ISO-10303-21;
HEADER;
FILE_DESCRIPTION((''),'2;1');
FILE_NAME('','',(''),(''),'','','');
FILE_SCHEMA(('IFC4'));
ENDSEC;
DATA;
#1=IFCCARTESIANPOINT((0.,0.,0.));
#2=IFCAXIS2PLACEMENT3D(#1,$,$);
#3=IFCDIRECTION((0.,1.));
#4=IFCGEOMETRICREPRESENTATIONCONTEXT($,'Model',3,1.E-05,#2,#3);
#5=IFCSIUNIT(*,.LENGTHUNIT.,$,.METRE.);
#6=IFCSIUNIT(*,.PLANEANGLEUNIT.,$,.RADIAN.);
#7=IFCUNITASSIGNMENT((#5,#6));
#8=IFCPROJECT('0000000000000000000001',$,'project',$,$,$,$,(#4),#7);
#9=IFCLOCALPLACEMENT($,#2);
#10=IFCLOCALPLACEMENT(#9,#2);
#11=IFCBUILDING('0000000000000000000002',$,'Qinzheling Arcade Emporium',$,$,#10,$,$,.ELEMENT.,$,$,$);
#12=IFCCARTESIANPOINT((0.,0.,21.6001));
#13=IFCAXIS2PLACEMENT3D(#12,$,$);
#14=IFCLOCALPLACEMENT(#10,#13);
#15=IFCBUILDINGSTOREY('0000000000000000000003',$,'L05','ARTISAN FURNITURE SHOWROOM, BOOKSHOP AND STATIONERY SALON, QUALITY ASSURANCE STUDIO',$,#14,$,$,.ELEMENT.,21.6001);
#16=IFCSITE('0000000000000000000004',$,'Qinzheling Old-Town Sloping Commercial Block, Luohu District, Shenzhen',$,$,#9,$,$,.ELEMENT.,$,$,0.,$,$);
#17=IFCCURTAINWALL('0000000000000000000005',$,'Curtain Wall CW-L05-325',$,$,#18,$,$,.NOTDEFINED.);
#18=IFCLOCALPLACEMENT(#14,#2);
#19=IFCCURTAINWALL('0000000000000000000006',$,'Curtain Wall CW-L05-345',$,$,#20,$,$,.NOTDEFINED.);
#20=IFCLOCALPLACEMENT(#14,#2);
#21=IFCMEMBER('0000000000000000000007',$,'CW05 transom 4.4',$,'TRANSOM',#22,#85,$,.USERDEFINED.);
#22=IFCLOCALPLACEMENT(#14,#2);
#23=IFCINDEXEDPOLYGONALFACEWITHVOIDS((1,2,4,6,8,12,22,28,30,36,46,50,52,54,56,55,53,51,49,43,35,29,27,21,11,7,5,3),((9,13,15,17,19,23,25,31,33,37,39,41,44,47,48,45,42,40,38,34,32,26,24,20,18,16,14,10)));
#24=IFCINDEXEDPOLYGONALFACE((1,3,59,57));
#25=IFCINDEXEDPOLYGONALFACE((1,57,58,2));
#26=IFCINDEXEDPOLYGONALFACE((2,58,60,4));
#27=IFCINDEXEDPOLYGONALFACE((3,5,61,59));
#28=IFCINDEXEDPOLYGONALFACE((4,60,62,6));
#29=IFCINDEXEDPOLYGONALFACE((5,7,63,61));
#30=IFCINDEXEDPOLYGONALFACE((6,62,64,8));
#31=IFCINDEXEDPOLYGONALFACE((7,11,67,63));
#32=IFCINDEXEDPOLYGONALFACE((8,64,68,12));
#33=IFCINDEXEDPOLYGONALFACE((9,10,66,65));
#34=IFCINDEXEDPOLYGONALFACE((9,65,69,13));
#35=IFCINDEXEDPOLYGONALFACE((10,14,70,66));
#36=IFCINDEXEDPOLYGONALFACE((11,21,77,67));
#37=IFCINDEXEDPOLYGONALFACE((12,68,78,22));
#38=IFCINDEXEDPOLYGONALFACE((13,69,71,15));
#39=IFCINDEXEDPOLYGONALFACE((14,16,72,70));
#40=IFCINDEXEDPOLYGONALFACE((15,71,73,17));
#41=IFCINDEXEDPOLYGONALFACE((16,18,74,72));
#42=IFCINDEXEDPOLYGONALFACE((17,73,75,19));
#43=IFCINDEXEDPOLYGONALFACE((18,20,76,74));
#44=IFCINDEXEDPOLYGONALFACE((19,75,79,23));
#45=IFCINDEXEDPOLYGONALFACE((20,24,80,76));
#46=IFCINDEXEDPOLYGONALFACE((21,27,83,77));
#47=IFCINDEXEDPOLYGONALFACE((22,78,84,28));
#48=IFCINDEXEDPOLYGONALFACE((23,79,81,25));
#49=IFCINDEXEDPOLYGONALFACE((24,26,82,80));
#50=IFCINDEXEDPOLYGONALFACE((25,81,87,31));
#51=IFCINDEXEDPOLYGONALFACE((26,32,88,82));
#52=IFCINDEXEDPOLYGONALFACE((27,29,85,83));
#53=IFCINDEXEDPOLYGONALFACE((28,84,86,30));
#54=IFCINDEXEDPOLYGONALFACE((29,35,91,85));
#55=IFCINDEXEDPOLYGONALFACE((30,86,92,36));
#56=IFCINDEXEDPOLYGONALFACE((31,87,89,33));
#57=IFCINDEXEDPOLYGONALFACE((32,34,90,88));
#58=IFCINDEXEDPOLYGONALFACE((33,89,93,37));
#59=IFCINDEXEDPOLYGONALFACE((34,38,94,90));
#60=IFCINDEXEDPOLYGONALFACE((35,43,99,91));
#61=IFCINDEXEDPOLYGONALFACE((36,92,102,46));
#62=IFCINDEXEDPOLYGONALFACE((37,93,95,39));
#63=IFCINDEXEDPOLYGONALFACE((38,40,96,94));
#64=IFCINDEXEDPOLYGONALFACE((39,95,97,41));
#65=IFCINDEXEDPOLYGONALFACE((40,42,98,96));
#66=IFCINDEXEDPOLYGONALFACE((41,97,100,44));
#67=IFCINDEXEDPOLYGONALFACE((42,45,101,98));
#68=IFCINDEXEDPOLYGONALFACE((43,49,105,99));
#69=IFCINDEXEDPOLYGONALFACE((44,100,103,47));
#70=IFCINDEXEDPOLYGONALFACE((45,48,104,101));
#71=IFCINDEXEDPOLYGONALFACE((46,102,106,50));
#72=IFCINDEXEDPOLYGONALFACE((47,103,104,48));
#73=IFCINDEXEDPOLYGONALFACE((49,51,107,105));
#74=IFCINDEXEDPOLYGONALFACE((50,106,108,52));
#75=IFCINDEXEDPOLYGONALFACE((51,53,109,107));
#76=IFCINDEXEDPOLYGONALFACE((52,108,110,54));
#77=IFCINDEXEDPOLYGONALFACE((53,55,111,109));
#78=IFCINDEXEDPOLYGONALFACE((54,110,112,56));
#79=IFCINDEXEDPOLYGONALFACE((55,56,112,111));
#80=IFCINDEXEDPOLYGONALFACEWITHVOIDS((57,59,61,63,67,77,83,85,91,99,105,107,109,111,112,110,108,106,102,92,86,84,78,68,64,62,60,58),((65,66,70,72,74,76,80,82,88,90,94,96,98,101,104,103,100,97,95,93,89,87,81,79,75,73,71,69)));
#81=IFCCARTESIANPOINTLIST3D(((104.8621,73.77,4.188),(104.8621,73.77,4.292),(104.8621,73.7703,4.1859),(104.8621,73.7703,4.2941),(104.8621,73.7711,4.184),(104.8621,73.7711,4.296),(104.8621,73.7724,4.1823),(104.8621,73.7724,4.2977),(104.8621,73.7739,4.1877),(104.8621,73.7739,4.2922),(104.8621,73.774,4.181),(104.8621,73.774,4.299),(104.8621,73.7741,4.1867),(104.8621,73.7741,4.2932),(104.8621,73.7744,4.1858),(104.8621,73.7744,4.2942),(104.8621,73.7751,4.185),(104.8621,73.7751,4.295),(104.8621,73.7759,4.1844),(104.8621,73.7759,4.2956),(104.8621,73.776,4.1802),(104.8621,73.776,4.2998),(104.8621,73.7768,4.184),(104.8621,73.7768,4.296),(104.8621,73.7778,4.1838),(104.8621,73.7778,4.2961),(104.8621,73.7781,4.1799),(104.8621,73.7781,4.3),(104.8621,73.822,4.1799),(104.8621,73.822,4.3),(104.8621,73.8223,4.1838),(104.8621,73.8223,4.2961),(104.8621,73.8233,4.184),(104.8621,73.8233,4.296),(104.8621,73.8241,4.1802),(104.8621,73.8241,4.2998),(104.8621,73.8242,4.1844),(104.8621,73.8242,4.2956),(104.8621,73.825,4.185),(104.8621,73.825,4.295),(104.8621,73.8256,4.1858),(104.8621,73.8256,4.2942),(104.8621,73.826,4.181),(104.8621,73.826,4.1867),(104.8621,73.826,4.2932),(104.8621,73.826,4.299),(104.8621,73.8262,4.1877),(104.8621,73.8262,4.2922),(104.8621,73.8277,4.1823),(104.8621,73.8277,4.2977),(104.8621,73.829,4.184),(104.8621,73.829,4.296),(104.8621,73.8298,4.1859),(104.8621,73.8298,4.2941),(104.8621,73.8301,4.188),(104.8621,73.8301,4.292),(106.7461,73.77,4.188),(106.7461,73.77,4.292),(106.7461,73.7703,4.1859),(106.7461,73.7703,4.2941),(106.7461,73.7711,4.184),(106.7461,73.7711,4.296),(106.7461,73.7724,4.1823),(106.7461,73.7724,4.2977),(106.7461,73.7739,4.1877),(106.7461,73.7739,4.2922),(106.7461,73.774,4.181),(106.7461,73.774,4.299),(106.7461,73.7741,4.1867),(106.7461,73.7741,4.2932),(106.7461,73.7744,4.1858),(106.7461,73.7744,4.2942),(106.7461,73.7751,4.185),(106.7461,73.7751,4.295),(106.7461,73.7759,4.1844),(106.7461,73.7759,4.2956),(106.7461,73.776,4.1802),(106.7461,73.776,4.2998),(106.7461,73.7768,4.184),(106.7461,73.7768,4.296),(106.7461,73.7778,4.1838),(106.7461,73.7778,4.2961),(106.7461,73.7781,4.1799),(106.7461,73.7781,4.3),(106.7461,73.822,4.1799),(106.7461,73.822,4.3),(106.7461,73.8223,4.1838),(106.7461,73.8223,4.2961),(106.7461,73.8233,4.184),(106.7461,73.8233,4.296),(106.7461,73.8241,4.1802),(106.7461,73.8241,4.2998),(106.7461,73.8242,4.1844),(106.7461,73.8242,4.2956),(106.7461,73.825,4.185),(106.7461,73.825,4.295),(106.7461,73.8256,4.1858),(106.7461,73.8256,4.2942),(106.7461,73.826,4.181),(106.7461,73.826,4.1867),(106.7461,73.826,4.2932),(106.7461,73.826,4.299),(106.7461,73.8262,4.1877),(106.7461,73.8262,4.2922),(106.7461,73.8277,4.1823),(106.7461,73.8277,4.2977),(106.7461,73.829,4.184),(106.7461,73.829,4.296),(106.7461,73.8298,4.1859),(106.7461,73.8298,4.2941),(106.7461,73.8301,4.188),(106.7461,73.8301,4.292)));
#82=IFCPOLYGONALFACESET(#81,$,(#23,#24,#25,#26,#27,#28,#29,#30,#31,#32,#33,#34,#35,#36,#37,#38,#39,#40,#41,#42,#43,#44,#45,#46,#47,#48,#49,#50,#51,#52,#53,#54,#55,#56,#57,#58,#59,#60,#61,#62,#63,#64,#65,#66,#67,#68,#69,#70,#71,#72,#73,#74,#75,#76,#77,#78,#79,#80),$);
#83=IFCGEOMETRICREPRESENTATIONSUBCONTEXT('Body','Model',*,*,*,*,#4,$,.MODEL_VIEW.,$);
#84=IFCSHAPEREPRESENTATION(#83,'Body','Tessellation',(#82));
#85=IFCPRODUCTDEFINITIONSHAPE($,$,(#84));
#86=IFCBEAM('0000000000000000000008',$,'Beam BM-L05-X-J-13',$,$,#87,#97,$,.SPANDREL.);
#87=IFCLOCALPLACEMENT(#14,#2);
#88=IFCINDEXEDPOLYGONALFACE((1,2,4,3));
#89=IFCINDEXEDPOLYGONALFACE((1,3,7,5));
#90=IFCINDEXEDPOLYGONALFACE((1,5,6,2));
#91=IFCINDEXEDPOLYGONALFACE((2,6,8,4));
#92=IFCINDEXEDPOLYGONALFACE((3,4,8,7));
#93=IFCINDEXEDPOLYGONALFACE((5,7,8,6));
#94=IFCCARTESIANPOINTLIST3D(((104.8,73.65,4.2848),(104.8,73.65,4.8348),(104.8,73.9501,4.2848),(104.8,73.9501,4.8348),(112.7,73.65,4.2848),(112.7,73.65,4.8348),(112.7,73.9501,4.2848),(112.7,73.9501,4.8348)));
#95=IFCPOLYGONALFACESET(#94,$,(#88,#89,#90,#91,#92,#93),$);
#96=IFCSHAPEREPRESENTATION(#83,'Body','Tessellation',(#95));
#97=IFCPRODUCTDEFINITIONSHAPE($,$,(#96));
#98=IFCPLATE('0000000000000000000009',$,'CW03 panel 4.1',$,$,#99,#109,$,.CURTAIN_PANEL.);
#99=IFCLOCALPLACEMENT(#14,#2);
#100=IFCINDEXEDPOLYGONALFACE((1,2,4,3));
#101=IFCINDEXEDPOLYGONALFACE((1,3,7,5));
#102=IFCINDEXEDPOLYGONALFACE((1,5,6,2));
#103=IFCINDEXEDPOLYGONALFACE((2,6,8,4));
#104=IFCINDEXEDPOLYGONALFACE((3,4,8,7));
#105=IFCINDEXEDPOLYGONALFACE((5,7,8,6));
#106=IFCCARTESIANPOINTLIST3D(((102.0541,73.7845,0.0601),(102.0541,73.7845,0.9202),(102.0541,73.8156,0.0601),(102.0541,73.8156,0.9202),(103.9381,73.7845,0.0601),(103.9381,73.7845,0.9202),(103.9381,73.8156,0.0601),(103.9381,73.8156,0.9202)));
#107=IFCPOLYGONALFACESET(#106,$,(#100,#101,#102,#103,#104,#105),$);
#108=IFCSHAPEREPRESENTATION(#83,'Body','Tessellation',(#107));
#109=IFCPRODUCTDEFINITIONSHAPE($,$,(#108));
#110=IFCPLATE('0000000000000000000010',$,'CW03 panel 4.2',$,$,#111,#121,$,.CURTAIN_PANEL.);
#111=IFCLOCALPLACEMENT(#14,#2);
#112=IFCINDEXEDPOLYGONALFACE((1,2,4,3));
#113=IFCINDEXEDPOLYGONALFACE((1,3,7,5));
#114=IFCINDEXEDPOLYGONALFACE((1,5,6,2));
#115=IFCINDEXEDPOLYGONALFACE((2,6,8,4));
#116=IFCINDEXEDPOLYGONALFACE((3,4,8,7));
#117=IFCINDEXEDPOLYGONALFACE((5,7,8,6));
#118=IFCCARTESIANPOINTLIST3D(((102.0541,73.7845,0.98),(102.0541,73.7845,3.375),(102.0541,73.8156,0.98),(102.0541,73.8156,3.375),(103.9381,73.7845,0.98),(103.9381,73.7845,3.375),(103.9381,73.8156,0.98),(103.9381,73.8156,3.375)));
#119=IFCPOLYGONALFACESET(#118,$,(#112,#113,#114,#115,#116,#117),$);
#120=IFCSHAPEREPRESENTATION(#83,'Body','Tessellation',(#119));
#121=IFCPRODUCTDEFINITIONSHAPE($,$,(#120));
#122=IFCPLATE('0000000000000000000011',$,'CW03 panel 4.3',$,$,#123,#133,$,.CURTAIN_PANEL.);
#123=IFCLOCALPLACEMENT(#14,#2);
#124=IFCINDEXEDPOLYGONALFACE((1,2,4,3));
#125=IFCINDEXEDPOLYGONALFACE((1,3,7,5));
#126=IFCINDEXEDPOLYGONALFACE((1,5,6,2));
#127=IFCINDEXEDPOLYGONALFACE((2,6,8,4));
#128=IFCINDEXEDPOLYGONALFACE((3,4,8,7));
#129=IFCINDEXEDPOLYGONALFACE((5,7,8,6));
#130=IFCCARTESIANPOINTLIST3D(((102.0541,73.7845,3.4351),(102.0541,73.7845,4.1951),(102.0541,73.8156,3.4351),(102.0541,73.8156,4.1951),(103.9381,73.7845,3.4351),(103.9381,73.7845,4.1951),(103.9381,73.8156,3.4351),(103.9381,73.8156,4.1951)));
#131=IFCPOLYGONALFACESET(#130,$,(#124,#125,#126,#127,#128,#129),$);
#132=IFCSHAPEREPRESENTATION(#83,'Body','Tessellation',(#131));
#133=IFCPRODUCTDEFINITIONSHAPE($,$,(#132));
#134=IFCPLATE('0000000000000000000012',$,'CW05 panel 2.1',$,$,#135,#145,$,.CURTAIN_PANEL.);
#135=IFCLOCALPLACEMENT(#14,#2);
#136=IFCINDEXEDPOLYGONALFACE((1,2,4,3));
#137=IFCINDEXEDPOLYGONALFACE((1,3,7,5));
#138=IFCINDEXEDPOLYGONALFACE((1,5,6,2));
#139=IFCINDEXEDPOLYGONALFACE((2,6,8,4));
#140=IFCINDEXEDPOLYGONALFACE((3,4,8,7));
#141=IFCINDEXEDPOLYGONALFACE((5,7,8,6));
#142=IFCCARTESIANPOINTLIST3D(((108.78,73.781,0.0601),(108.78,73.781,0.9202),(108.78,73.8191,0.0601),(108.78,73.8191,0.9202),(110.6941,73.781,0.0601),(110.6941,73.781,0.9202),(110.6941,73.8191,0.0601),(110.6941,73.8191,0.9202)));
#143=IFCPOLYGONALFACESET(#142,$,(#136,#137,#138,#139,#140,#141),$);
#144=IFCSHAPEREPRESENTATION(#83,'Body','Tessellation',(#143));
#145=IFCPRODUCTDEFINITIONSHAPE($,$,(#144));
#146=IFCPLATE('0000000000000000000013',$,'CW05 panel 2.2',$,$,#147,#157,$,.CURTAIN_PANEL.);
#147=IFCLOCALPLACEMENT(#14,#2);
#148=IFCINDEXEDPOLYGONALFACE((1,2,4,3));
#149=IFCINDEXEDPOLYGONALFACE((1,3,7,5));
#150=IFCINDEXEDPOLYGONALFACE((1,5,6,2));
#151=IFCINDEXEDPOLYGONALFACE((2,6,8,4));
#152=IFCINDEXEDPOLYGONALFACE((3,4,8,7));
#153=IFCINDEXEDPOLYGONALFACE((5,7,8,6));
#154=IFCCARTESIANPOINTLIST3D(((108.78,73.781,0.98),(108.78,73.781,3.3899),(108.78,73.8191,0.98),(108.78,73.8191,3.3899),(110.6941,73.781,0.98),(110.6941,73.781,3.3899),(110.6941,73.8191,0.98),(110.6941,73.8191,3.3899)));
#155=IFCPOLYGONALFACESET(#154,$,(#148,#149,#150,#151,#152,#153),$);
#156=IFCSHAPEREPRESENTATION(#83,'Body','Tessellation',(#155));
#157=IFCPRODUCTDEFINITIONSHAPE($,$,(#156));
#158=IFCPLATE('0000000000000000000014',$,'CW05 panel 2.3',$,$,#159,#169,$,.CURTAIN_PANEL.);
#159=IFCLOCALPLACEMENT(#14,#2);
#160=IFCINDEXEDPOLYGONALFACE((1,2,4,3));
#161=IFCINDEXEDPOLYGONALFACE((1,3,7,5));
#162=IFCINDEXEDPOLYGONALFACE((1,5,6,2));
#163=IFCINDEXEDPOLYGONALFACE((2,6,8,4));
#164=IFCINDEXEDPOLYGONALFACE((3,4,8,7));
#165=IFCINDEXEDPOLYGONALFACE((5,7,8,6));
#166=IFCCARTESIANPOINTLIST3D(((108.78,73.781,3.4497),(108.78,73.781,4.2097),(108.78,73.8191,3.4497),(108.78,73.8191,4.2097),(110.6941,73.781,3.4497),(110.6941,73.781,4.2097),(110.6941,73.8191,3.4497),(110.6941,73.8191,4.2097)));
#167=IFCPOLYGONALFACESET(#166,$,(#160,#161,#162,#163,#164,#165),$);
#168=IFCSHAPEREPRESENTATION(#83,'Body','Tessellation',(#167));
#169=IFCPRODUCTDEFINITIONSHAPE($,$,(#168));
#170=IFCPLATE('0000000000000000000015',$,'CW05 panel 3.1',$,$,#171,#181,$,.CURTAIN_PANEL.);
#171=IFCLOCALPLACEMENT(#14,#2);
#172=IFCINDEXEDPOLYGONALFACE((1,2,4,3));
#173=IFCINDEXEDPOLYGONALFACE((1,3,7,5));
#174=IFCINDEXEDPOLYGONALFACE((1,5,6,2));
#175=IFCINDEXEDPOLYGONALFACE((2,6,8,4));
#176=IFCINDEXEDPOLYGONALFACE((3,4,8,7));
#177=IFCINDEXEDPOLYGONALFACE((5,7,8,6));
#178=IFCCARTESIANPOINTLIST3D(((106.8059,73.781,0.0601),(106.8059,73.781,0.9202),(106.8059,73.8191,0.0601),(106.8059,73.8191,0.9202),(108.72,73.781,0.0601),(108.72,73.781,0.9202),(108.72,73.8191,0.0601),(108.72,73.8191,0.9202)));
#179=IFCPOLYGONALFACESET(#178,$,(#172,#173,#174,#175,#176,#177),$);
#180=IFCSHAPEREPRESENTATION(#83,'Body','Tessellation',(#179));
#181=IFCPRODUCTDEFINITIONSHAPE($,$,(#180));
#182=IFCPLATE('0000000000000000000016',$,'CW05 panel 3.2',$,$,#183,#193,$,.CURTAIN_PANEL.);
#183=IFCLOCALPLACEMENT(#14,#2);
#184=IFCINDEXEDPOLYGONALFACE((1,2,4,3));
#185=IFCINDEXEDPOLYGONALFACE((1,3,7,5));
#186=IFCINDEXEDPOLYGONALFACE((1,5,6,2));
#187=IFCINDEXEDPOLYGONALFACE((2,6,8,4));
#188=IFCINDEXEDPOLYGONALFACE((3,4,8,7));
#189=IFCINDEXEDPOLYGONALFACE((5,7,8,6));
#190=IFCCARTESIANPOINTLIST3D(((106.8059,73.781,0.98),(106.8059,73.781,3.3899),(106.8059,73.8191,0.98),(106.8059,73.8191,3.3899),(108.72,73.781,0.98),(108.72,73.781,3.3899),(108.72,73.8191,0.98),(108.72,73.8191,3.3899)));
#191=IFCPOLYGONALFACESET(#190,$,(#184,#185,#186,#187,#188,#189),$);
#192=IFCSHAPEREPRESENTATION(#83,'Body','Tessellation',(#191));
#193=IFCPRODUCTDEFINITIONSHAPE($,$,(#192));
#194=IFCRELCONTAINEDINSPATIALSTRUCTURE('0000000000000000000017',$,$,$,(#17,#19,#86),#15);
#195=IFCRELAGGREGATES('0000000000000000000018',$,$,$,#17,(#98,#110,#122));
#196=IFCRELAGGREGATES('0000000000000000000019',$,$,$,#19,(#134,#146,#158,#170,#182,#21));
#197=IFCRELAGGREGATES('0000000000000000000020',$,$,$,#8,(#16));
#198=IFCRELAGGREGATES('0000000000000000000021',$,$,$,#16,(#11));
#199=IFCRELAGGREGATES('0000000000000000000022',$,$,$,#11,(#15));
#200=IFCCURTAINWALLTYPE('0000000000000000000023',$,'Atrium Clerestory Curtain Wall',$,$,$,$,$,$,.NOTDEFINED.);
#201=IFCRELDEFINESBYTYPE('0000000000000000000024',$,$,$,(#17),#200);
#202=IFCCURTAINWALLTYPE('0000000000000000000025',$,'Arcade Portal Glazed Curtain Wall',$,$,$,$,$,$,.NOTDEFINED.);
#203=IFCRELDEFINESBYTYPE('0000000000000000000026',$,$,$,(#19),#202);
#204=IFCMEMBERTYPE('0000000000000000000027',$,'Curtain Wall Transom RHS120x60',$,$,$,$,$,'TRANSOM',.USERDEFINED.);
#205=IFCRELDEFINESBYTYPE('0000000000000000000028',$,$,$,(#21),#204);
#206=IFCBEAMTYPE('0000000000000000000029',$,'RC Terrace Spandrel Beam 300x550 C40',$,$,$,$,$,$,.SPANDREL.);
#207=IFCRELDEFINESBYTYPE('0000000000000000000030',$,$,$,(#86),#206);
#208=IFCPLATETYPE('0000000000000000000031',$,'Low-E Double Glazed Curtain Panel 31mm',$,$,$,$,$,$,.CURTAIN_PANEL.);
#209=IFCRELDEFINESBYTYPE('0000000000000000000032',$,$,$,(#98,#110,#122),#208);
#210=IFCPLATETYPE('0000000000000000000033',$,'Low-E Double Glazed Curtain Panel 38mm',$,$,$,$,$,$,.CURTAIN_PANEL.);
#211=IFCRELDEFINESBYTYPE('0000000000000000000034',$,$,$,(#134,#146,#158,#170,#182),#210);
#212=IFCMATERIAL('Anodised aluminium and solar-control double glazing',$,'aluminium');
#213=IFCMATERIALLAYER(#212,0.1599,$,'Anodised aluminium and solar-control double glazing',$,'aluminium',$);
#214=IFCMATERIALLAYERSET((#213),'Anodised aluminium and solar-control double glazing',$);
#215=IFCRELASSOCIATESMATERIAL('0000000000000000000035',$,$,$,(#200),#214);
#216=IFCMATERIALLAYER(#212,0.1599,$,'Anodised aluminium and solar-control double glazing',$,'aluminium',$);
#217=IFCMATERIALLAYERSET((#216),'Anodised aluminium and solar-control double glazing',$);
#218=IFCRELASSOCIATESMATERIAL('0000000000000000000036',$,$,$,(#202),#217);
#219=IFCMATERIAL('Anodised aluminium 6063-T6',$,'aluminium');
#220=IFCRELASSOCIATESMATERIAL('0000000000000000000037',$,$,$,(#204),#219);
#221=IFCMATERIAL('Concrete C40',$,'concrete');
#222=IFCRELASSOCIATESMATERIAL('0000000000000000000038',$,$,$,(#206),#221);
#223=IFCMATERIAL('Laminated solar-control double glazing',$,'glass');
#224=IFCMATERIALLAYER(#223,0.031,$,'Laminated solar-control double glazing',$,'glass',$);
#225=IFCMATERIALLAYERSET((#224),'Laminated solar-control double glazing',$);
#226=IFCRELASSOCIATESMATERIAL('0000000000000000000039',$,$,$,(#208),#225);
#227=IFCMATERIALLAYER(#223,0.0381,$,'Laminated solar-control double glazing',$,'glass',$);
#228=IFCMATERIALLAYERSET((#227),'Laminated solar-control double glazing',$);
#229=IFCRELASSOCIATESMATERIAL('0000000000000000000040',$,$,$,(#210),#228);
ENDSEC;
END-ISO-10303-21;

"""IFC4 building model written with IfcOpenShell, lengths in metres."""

from ifc_helpers import new_model, si_unit, direction, frame, origin, origin_2d, place, context, subcontext, project, spatial, rectangle, hollow_rectangle, extrude, material, layer, layer_set, material_profile, profile_set, type_object, element, aggregate, save


model = new_model("IFC4")

# Units and contexts
model_context = context("Model", 3, precision=1e-05, world=origin(), true_north=direction((0.0, 1.0)))
body_context = subcontext(model_context, "Body", "Model", "MODEL_VIEW")
ifc_project = project(units=[si_unit("LENGTHUNIT", "METRE"), si_unit("PLANEANGLEUNIT", "RADIAN")], contexts=[model_context])

# Site, building, storey
site_placement = place(None, origin())
site = spatial("IfcSite", under=ifc_project, at=site_placement, Name="Qinzheling Old-Town Sloping Commercial Block, Luohu District, Shenzhen", CompositionType="ELEMENT", RefElevation=0.0)
building_placement = place(site_placement, origin())
building = spatial("IfcBuilding", under=site, at=building_placement, Name="Qinzheling Arcade Emporium", CompositionType="ELEMENT")
storey_placement = place(building_placement, frame((0.0, 0.0, 21.6001)))
storey = spatial("IfcBuildingStorey", under=building, at=storey_placement, Name="L05", Description="ARTISAN FURNITURE SHOWROOM, BOOKSHOP AND STATIONERY SALON, QUALITY ASSURANCE STUDIO", CompositionType="ELEMENT", Elevation=21.6001)

# Shared definitions
ifc_material_1 = material(Name="Concrete C40", Category="concrete")

# Curtain wall
ifc_material_2 = material(Name="Anodised aluminium and solar-control double glazing", Category="aluminium")
ifc_layer_1 = layer(ifc_material_2, 0.1599, Name="Anodised aluminium and solar-control double glazing", Category="aluminium")
ifc_layer_set_1 = layer_set([ifc_layer_1], Name="Anodised aluminium and solar-control double glazing")
curtain_wall_type_1 = type_object("IfcCurtainWallType", Name="Atrium Clerestory Curtain Wall", PredefinedType="NOTDEFINED", material=ifc_layer_set_1)
curtain_wall_1_placement = place(storey_placement, origin())
curtain_wall_1 = element("IfcCurtainWall", 1, at=curtain_wall_1_placement, inside=storey, type_object=curtain_wall_type_1, Name="Curtain Wall CW-L05-325", PredefinedType="NOTDEFINED")
ifc_material_3 = material(Name="Anodised aluminium 6063-T6", Category="aluminium")

# Curtain wall
ifc_layer_2 = layer(ifc_material_2, 0.1599, Name="Anodised aluminium and solar-control double glazing", Category="aluminium")
ifc_layer_set_2 = layer_set([ifc_layer_2], Name="Anodised aluminium and solar-control double glazing")
curtain_wall_type_2 = type_object("IfcCurtainWallType", Name="Arcade Portal Glazed Curtain Wall", PredefinedType="NOTDEFINED", material=ifc_layer_set_2)
curtain_wall_2_placement = place(storey_placement, origin())
curtain_wall_2 = element("IfcCurtainWall", 2, at=curtain_wall_2_placement, inside=storey, type_object=curtain_wall_type_2, Name="Curtain Wall CW-L05-345", PredefinedType="NOTDEFINED")

# Member
ifc_material_profile_1 = material_profile(ifc_material_3, hollow_rectangle(XDim=0.0601, YDim=0.1201, WallThickness=0.0039, InnerFilletRadius=0.0039, OuterFilletRadius=0.0081, at=origin_2d()), Name="RHS 120x60x4", Category="aluminium")
ifc_profile_set_1 = profile_set([ifc_material_profile_1], Name="Anodised aluminium 6063-T6")
member_type_1 = type_object("IfcMemberType", Name="Curtain Wall Transom RHS120x60", ElementType="TRANSOM", PredefinedType="USERDEFINED", material=ifc_profile_set_1)
member_1_placement = place(storey_placement, frame((106.7461, 73.8, 4.24), z_axis=(-1.0, 0.0, 0.0), x_axis=(0.0, -1.0, 0.0)))
member_1 = element("IfcMember", 3, at=member_1_placement, type_object=member_type_1, Name="CW05 transom 4.4", ObjectType="TRANSOM", PredefinedType="USERDEFINED", context=body_context, shape_type="SweptSolid", body=[
    extrude(hollow_rectangle(XDim=0.0601, YDim=0.1201, WallThickness=0.0039, InnerFilletRadius=0.0039, OuterFilletRadius=0.0081, at=origin_2d()), origin(), (0.0, 0.0, 1.0), 1.884),
])

# Beam
ifc_material_profile_2 = material_profile(ifc_material_1, rectangle(XDim=0.3, YDim=0.55, at=origin_2d()), Name="RC 300x550", Category="concrete")
ifc_profile_set_2 = profile_set([ifc_material_profile_2], Name="Concrete C40")
beam_type = type_object("IfcBeamType", Name="RC Terrace Spandrel Beam 300x550 C40", PredefinedType="SPANDREL", material=ifc_profile_set_2)
beam_placement = place(storey_placement, frame((104.8, 73.8, 4.5598), z_axis=(1.0, 0.0, 0.0), x_axis=(0.0, 1.0, 0.0)))
element("IfcBeam", 4, at=beam_placement, inside=storey, type_object=beam_type, Name="Beam BM-L05-X-J-13", PredefinedType="SPANDREL", context=body_context, shape_type="SweptSolid", body=[
    extrude(rectangle(XDim=0.3, YDim=0.55, at=origin_2d()), origin(), (0.0, 0.0, 1.0), 7.8999),
])

# Plates
ifc_material_4 = material(Name="Laminated solar-control double glazing", Category="glass")
ifc_layer_3 = layer(ifc_material_4, 0.031, Name="Laminated solar-control double glazing", Category="glass")
ifc_layer_set_3 = layer_set([ifc_layer_3], Name="Laminated solar-control double glazing")
plate_type_1 = type_object("IfcPlateType", Name="Low-E Double Glazed Curtain Panel 31mm", PredefinedType="CURTAIN_PANEL", material=ifc_layer_set_3)
plate_1_placement = place(storey_placement, frame((102.9961, 73.8, 0.0601), z_axis=(0.0, 0.0, 1.0), x_axis=(1.0, 0.0, 0.0)))
plate_1 = element("IfcPlate", 5, at=plate_1_placement, type_object=plate_type_1, Name="CW03 panel 4.1", PredefinedType="CURTAIN_PANEL", context=body_context, shape_type="SweptSolid", body=[
    extrude(rectangle(XDim=1.884, YDim=0.031, at=origin_2d()), origin(), (0.0, 0.0, 1.0), 0.8601),
])
plate_2_placement = place(storey_placement, frame((102.9961, 73.8, 0.98), z_axis=(0.0, 0.0, 1.0), x_axis=(1.0, 0.0, 0.0)))
plate_2 = element("IfcPlate", 6, at=plate_2_placement, type_object=plate_type_1, Name="CW03 panel 4.2", PredefinedType="CURTAIN_PANEL", context=body_context, shape_type="SweptSolid", body=[
    extrude(rectangle(XDim=1.884, YDim=0.031, at=origin_2d()), origin(), (0.0, 0.0, 1.0), 2.395),
])
plate_3_placement = place(storey_placement, frame((102.9961, 73.8, 3.4351), z_axis=(0.0, 0.0, 1.0), x_axis=(1.0, 0.0, 0.0)))
plate_3 = element("IfcPlate", 7, at=plate_3_placement, type_object=plate_type_1, Name="CW03 panel 4.3", PredefinedType="CURTAIN_PANEL", context=body_context, shape_type="SweptSolid", body=[
    extrude(rectangle(XDim=1.884, YDim=0.031, at=origin_2d()), origin(), (0.0, 0.0, 1.0), 0.76),
])
aggregate(curtain_wall_1, [plate_1, plate_2, plate_3])
ifc_layer_4 = layer(ifc_material_4, 0.0381, Name="Laminated solar-control double glazing", Category="glass")
ifc_layer_set_4 = layer_set([ifc_layer_4], Name="Laminated solar-control double glazing")
plate_type_2 = type_object("IfcPlateType", Name="Low-E Double Glazed Curtain Panel 38mm", PredefinedType="CURTAIN_PANEL", material=ifc_layer_set_4)
plate_4_placement = place(storey_placement, frame((109.7371, 73.8, 0.0601), z_axis=(0.0, 0.0, 1.0), x_axis=(-1.0, 0.0, 0.0)))
plate_4 = element("IfcPlate", 8, at=plate_4_placement, type_object=plate_type_2, Name="CW05 panel 2.1", PredefinedType="CURTAIN_PANEL", context=body_context, shape_type="SweptSolid", body=[
    extrude(rectangle(XDim=1.9141, YDim=0.0381, at=origin_2d()), origin(), (0.0, 0.0, 1.0), 0.8601),
])
plate_5_placement = place(storey_placement, frame((109.7371, 73.8, 0.98), z_axis=(0.0, 0.0, 1.0), x_axis=(-1.0, 0.0, 0.0)))
plate_5 = element("IfcPlate", 9, at=plate_5_placement, type_object=plate_type_2, Name="CW05 panel 2.2", PredefinedType="CURTAIN_PANEL", context=body_context, shape_type="SweptSolid", body=[
    extrude(rectangle(XDim=1.9141, YDim=0.0381, at=origin_2d()), origin(), (0.0, 0.0, 1.0), 2.4099),
])
plate_6_placement = place(storey_placement, frame((109.7371, 73.8, 3.4497), z_axis=(0.0, 0.0, 1.0), x_axis=(-1.0, 0.0, 0.0)))
plate_6 = element("IfcPlate", 10, at=plate_6_placement, type_object=plate_type_2, Name="CW05 panel 2.3", PredefinedType="CURTAIN_PANEL", context=body_context, shape_type="SweptSolid", body=[
    extrude(rectangle(XDim=1.9141, YDim=0.0381, at=origin_2d()), origin(), (0.0, 0.0, 1.0), 0.76),
])
plate_7_placement = place(storey_placement, frame((107.7629, 73.8, 0.0601), z_axis=(0.0, 0.0, 1.0), x_axis=(-1.0, 0.0, 0.0)))
plate_7 = element("IfcPlate", 11, at=plate_7_placement, type_object=plate_type_2, Name="CW05 panel 3.1", PredefinedType="CURTAIN_PANEL", context=body_context, shape_type="SweptSolid", body=[
    extrude(rectangle(XDim=1.9141, YDim=0.0381, at=origin_2d()), origin(), (0.0, 0.0, 1.0), 0.8601),
])
plate_8_placement = place(storey_placement, frame((107.7629, 73.8, 0.98), z_axis=(0.0, 0.0, 1.0), x_axis=(-1.0, 0.0, 0.0)))
plate_8 = element("IfcPlate", 12, at=plate_8_placement, type_object=plate_type_2, Name="CW05 panel 3.2", PredefinedType="CURTAIN_PANEL", context=body_context, shape_type="SweptSolid", body=[
    extrude(rectangle(XDim=1.9141, YDim=0.0381, at=origin_2d()), origin(), (0.0, 0.0, 1.0), 2.4099),
])
aggregate(curtain_wall_2, [plate_4, plate_5, plate_6, plate_7, plate_8, member_1])

save(model, "model.ifc")
